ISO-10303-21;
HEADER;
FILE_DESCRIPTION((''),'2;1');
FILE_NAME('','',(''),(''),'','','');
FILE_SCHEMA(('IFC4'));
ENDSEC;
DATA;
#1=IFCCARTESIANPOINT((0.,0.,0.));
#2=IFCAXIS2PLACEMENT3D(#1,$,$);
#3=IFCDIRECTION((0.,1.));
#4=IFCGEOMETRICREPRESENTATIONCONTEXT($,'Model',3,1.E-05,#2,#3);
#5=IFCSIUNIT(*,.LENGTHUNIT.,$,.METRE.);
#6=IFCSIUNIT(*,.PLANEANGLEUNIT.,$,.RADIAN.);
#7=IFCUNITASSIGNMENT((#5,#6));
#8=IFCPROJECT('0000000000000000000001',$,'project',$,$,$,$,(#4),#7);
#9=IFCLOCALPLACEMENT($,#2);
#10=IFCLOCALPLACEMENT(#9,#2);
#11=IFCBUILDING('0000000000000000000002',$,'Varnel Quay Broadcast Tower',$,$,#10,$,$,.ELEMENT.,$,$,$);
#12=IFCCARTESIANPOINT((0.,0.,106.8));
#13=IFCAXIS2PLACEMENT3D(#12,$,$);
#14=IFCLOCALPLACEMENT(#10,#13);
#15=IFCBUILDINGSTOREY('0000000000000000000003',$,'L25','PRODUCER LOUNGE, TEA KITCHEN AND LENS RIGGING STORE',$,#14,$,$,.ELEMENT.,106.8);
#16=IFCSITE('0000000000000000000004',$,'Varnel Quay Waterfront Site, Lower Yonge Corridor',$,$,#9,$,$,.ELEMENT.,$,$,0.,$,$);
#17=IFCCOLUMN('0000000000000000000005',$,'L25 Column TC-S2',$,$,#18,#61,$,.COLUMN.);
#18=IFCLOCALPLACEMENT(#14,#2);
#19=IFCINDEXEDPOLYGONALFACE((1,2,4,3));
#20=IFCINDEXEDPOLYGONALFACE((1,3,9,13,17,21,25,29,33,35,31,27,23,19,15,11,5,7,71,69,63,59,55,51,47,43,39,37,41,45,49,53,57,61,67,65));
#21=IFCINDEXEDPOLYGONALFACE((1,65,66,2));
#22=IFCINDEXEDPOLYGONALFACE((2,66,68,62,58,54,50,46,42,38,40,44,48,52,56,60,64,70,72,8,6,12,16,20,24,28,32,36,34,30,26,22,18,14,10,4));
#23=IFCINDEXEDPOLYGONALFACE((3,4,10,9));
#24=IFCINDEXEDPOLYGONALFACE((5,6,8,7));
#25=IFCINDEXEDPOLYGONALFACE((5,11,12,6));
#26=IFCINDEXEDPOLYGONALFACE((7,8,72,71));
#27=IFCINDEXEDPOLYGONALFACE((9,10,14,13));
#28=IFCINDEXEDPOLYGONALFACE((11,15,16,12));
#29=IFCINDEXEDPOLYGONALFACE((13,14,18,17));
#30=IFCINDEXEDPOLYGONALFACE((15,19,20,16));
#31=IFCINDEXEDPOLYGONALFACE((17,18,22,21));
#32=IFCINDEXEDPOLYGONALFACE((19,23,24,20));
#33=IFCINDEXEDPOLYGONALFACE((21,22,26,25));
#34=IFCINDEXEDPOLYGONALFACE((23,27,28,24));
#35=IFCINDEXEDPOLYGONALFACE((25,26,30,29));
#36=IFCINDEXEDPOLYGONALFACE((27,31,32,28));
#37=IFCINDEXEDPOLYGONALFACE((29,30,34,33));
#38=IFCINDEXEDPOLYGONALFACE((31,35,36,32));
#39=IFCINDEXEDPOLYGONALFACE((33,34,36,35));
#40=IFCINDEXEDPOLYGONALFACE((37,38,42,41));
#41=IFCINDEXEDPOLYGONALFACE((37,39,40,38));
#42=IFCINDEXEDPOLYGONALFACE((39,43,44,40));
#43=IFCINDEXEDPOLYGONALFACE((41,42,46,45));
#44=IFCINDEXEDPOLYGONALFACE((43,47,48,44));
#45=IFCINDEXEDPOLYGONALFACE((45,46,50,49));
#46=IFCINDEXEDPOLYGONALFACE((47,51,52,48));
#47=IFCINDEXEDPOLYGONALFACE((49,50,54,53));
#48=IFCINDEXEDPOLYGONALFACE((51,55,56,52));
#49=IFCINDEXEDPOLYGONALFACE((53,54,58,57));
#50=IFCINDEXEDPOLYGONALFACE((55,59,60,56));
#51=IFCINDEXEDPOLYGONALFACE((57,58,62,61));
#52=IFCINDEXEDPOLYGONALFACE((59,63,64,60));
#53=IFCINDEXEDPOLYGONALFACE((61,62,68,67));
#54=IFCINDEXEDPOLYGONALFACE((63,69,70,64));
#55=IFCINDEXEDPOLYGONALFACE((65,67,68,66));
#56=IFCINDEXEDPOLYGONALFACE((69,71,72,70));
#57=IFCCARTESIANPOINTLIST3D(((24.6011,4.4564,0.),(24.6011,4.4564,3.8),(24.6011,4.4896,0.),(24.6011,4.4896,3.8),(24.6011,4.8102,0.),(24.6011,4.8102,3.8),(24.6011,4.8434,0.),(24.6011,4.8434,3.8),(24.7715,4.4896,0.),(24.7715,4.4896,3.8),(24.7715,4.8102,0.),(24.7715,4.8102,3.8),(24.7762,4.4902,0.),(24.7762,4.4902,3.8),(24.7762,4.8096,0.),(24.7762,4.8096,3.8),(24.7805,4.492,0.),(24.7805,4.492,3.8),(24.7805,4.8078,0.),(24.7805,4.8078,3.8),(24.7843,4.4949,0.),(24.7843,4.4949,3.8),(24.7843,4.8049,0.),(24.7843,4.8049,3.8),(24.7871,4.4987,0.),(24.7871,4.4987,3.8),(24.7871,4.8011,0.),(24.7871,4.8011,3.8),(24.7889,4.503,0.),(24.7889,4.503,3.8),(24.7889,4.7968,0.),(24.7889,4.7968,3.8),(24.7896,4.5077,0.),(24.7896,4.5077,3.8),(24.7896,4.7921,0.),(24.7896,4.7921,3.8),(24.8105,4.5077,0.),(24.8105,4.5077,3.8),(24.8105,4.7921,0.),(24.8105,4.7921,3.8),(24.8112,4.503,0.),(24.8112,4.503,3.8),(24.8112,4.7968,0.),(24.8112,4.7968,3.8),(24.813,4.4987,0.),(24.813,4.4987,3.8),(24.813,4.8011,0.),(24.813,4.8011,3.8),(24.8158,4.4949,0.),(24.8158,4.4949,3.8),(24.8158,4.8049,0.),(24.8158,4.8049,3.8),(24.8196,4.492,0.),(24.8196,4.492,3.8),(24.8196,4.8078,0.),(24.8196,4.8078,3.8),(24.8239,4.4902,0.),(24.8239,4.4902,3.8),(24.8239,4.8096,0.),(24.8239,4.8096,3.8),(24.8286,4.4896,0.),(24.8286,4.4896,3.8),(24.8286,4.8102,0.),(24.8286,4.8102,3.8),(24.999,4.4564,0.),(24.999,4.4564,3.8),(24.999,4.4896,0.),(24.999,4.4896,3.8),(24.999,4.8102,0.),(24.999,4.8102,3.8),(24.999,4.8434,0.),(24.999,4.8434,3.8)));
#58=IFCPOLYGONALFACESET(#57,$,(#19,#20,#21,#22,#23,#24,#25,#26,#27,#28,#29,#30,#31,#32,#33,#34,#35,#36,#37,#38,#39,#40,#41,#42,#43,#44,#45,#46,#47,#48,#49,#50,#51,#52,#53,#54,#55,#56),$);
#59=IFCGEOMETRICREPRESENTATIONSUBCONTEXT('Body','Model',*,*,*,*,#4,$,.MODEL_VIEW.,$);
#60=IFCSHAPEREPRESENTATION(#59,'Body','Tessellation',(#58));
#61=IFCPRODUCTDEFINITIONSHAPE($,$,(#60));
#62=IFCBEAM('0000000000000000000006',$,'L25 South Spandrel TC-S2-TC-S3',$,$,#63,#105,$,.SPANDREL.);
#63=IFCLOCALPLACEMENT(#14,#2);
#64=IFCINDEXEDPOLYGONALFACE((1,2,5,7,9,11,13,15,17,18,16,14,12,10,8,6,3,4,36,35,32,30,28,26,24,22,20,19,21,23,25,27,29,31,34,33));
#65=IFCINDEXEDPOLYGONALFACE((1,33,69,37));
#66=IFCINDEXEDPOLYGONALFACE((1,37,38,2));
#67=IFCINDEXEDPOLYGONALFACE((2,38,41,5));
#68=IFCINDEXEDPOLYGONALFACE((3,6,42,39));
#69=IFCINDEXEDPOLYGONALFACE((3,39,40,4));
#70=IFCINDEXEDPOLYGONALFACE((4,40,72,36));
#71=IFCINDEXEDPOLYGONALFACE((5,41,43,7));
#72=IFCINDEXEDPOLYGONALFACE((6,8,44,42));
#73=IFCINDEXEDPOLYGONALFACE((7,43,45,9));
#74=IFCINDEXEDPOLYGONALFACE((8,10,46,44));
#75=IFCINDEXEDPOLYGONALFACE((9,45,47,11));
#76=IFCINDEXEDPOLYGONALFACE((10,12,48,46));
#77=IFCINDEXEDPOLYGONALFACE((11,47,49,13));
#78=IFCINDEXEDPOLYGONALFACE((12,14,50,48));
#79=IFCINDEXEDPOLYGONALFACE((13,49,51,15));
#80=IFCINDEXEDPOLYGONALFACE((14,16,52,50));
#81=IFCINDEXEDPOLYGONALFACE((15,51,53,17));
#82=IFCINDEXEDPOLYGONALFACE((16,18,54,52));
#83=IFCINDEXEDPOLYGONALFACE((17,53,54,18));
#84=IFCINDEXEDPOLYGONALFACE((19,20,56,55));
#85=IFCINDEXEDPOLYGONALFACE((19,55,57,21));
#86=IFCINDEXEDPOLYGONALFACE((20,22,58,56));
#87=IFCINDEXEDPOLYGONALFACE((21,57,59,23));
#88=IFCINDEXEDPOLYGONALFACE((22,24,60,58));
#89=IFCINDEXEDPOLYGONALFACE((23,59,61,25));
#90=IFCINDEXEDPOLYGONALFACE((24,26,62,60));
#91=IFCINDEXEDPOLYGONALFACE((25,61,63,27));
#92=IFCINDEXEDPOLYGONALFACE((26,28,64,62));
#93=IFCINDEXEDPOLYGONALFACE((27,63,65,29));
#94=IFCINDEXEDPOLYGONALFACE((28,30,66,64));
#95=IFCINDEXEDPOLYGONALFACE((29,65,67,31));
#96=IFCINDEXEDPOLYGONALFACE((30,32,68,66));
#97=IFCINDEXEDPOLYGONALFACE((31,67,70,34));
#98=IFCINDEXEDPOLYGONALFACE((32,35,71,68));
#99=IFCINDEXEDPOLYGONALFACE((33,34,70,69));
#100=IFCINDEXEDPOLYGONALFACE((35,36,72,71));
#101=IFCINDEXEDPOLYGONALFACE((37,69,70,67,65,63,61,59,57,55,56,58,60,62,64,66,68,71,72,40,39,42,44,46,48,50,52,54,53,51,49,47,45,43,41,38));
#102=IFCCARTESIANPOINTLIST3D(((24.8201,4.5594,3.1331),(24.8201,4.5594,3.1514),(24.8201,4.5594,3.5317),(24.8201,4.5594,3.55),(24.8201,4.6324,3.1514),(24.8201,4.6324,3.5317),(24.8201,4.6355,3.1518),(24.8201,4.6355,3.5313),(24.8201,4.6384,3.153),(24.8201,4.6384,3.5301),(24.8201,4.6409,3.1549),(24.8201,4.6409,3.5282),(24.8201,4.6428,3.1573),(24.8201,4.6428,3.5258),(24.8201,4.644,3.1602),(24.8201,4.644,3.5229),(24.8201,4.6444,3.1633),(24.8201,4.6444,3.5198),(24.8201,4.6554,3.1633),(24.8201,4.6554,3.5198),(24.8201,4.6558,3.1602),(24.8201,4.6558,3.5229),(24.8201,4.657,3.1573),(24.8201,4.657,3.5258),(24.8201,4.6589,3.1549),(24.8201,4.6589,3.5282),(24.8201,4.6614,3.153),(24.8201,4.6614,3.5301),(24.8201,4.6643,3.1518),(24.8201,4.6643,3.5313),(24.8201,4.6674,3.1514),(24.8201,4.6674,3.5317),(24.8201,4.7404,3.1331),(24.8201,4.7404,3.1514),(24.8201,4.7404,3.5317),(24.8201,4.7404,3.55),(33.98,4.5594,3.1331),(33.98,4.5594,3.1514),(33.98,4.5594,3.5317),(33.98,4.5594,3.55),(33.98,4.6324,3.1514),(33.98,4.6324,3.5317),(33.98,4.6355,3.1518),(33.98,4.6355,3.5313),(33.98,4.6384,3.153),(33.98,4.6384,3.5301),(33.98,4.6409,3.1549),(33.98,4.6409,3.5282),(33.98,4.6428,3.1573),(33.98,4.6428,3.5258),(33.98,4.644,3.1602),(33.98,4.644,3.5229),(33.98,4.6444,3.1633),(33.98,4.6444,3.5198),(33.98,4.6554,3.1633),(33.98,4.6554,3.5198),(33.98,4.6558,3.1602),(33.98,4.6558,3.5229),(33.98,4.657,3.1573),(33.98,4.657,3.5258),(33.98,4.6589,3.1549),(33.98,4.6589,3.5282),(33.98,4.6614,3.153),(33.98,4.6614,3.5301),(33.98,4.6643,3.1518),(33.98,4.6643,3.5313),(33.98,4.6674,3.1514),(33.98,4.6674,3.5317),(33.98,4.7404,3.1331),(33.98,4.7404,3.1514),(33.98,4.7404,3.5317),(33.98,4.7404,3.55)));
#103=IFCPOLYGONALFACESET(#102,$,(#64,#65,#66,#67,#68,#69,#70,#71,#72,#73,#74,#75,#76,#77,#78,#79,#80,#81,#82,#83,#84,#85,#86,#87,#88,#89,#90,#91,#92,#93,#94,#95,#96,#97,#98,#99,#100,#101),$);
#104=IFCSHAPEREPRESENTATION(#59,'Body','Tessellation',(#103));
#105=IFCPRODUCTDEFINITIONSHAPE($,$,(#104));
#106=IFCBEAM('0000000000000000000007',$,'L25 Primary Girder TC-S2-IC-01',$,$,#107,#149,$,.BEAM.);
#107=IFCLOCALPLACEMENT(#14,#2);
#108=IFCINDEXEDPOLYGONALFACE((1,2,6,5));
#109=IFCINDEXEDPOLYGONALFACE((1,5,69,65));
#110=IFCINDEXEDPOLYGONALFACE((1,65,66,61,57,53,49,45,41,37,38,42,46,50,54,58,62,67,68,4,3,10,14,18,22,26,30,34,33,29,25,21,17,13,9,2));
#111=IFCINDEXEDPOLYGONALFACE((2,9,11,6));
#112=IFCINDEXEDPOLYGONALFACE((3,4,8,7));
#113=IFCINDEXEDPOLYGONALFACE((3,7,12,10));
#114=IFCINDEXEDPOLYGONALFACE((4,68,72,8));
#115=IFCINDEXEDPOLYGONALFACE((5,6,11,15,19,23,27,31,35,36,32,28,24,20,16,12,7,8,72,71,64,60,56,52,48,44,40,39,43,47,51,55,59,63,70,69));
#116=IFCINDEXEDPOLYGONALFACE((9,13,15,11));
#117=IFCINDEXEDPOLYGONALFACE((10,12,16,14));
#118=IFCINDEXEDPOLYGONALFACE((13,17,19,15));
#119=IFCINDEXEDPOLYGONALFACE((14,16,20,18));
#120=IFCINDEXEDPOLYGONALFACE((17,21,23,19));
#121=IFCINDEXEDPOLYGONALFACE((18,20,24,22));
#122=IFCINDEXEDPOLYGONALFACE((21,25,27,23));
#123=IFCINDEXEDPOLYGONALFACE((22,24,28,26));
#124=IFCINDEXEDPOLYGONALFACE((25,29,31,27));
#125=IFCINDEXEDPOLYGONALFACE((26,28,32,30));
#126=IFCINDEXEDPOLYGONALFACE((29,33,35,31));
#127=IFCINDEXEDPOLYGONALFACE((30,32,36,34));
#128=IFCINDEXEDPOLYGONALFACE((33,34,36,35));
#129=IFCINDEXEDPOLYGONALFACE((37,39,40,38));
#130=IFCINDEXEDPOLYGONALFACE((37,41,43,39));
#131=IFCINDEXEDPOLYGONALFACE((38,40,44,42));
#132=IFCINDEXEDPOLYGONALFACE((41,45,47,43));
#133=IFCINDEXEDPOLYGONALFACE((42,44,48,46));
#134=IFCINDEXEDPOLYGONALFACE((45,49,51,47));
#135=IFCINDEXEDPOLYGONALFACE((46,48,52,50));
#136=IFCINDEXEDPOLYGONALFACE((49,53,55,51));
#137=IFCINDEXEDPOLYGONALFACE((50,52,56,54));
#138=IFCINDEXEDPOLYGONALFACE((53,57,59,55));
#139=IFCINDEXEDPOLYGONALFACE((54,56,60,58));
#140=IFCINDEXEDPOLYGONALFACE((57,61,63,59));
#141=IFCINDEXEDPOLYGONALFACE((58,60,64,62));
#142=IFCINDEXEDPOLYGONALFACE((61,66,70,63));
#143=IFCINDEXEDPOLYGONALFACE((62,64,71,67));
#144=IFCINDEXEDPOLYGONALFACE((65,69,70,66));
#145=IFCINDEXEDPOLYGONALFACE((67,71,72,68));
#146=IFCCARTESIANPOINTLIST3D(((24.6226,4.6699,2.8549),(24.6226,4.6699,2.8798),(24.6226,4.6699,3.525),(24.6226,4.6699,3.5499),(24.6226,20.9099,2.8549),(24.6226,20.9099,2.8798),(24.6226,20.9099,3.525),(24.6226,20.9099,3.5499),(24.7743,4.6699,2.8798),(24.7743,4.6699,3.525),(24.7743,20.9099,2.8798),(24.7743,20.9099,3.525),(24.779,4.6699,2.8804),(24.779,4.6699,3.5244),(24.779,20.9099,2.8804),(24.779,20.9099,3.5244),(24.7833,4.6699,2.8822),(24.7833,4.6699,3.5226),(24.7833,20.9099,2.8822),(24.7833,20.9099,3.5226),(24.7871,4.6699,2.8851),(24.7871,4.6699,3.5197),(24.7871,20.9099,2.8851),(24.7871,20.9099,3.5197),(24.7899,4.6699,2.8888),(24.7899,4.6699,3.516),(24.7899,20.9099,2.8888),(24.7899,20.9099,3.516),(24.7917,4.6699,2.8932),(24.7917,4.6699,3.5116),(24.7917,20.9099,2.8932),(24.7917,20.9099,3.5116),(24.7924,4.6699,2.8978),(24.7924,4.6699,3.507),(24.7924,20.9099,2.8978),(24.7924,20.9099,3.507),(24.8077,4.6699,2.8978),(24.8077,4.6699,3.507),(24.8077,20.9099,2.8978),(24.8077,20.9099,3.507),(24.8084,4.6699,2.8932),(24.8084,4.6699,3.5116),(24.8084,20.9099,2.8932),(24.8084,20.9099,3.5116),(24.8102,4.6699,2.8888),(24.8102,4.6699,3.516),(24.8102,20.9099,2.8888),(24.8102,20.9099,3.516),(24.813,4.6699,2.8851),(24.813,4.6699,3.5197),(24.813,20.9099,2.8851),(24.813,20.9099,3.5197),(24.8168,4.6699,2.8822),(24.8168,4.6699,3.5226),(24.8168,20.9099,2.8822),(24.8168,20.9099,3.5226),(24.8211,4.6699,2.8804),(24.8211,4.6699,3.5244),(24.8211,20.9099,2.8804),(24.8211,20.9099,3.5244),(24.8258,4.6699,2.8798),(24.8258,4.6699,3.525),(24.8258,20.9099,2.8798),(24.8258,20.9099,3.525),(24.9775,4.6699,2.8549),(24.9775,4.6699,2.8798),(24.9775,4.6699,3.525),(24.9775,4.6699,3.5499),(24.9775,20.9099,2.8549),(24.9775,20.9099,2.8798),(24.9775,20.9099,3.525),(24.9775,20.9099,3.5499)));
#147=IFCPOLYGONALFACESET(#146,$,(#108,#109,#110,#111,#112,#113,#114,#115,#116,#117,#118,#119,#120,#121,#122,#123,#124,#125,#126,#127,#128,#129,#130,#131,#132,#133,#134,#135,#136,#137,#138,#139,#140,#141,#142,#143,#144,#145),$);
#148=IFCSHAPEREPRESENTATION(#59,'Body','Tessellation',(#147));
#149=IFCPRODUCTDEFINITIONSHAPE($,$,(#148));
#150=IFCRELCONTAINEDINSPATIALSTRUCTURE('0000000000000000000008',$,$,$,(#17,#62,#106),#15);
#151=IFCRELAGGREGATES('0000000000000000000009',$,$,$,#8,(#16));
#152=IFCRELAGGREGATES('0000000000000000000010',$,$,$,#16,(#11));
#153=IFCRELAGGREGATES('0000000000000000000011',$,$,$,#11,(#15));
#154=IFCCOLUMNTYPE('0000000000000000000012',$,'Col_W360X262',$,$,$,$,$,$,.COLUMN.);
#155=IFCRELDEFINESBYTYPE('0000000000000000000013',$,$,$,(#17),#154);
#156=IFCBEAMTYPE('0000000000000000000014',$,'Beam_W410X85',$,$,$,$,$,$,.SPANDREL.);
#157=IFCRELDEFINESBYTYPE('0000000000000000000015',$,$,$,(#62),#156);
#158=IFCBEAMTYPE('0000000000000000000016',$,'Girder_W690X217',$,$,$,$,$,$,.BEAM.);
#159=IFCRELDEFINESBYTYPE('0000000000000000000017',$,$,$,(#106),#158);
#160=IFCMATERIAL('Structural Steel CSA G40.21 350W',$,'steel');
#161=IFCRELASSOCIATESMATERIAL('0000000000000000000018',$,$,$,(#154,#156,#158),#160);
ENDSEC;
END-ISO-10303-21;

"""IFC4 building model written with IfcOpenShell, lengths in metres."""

from ifc_helpers import new_model, si_unit, direction, frame, origin, origin_2d, place, context, subcontext, project, spatial, i_section, extrude, source, transform, mapped, material, material_profile, profile_set, type_object, type_shapes, element, save


model = new_model("IFC4")

# Units and contexts
model_context = context("Model", 3, precision=1e-05, world=origin(), true_north=direction((0.0, 1.0)))
body_context = subcontext(model_context, "Body", "Model", "MODEL_VIEW")
ifc_project = project(units=[si_unit("LENGTHUNIT", "METRE"), si_unit("PLANEANGLEUNIT", "RADIAN")], contexts=[model_context])

# Site, building, storey
site_placement = place(None, origin())
site = spatial("IfcSite", under=ifc_project, at=site_placement, Name="Varnel Quay Waterfront Site, Lower Yonge Corridor", CompositionType="ELEMENT", RefElevation=0.0)
building_placement = place(site_placement, origin())
building = spatial("IfcBuilding", under=site, at=building_placement, Name="Varnel Quay Broadcast Tower", CompositionType="ELEMENT")
storey_placement = place(building_placement, frame((0.0, 0.0, 106.8)))
storey = spatial("IfcBuildingStorey", under=building, at=storey_placement, Name="L25", Description="PRODUCER LOUNGE, TEA KITCHEN AND LENS RIGGING STORE", CompositionType="ELEMENT", Elevation=106.8)

# Column
ifc_material_1 = material(Name="Structural Steel CSA G40.21 350W", Category="steel")
ifc_material_profile_1 = material_profile(ifc_material_1, i_section(OverallWidth=0.3979, OverallDepth=0.387, WebThickness=0.021, FlangeThickness=0.0332, FilletRadius=0.0181, at=origin_2d()), Name="W360X262")
ifc_profile_set_1 = profile_set([ifc_material_profile_1], Name="Structural Steel CSA G40.21 350W")
column_type = type_object("IfcColumnType", Name="Col_W360X262", PredefinedType="COLUMN", material=ifc_profile_set_1)
shared_shape_1 = source(origin(), body_context, "Body", "SweptSolid", [
    extrude(i_section(OverallWidth=0.3979, OverallDepth=0.387, WebThickness=0.021, FlangeThickness=0.0332, FilletRadius=0.0181, at=origin_2d()), origin(), (0.0, 0.0, 1.0), 3.8),
])
type_shapes(column_type, [shared_shape_1])
column_placement = place(storey_placement, frame((24.8, 4.6499, 0.0), z_axis=(0.0, 0.0, 1.0), x_axis=(1.0, 0.0, 0.0)))
element("IfcColumn", 1, at=column_placement, inside=storey, type_object=column_type, Name="L25 Column TC-S2", PredefinedType="COLUMN", context=body_context, shape_type="MappedRepresentation", body=[
    mapped(shared_shape_1, transform((0.0, 0.0, 0.0), x_axis=(1.0, 0.0, 0.0), y_axis=(0.0, 1.0, 0.0), z_axis=(0.0, 0.0, 1.0), scale=1.0)),
])

# Beams
ifc_material_profile_2 = material_profile(ifc_material_1, i_section(OverallWidth=0.1809, OverallDepth=0.417, WebThickness=0.011, FlangeThickness=0.0183, FilletRadius=0.012, at=origin_2d()), Name="W410X85")
ifc_profile_set_2 = profile_set([ifc_material_profile_2], Name="Structural Steel CSA G40.21 350W")
beam_type_1 = type_object("IfcBeamType", Name="Beam_W410X85", PredefinedType="SPANDREL", material=ifc_profile_set_2)
shared_shape_2 = source(origin(), body_context, "Body", "SweptSolid", [
    extrude(i_section(OverallWidth=0.1809, OverallDepth=0.417, WebThickness=0.011, FlangeThickness=0.0183, FilletRadius=0.012, at=origin_2d()), origin(), (0.0, 0.0, 1.0), 9.1599),
])
type_shapes(beam_type_1, [shared_shape_2])
beam_1_placement = place(storey_placement, frame((24.8201, 4.6499, 3.3416), z_axis=(1.0, 0.0, 0.0), x_axis=(0.0, 1.0, 0.0)))
element("IfcBeam", 2, at=beam_1_placement, inside=storey, type_object=beam_type_1, Name="L25 South Spandrel TC-S2-TC-S3", PredefinedType="SPANDREL", context=body_context, shape_type="MappedRepresentation", body=[
    mapped(shared_shape_2, transform((0.0, 0.0, 0.0), x_axis=(1.0, 0.0, 0.0), y_axis=(0.0, 1.0, 0.0), z_axis=(0.0, 0.0, 1.0), scale=1.0)),
])
ifc_material_profile_3 = material_profile(ifc_material_1, i_section(OverallWidth=0.355, OverallDepth=0.6951, WebThickness=0.0154, FlangeThickness=0.0249, FilletRadius=0.0181, at=origin_2d()), Name="W690X217")
ifc_profile_set_3 = profile_set([ifc_material_profile_3], Name="Structural Steel CSA G40.21 350W")
beam_type_2 = type_object("IfcBeamType", Name="Girder_W690X217", PredefinedType="BEAM", material=ifc_profile_set_3)
shared_shape_3 = source(origin(), body_context, "Body", "SweptSolid", [
    extrude(i_section(OverallWidth=0.355, OverallDepth=0.6951, WebThickness=0.0154, FlangeThickness=0.0249, FilletRadius=0.0181, at=origin_2d()), origin(), (0.0, 0.0, 1.0), 16.24),
])
type_shapes(beam_type_2, [shared_shape_3])
beam_2_placement = place(storey_placement, frame((24.8, 4.6699, 3.2024), z_axis=(0.0, 1.0, 0.0), x_axis=(-1.0, 0.0, 0.0)))
element("IfcBeam", 3, at=beam_2_placement, inside=storey, type_object=beam_type_2, Name="L25 Primary Girder TC-S2-IC-01", PredefinedType="BEAM", context=body_context, shape_type="MappedRepresentation", body=[
    mapped(shared_shape_3, transform((0.0, 0.0, 0.0), x_axis=(1.0, 0.0, 0.0), y_axis=(0.0, 1.0, 0.0), z_axis=(0.0, 0.0, 1.0), scale=1.0)),
])

save(model, "model.ifc")
